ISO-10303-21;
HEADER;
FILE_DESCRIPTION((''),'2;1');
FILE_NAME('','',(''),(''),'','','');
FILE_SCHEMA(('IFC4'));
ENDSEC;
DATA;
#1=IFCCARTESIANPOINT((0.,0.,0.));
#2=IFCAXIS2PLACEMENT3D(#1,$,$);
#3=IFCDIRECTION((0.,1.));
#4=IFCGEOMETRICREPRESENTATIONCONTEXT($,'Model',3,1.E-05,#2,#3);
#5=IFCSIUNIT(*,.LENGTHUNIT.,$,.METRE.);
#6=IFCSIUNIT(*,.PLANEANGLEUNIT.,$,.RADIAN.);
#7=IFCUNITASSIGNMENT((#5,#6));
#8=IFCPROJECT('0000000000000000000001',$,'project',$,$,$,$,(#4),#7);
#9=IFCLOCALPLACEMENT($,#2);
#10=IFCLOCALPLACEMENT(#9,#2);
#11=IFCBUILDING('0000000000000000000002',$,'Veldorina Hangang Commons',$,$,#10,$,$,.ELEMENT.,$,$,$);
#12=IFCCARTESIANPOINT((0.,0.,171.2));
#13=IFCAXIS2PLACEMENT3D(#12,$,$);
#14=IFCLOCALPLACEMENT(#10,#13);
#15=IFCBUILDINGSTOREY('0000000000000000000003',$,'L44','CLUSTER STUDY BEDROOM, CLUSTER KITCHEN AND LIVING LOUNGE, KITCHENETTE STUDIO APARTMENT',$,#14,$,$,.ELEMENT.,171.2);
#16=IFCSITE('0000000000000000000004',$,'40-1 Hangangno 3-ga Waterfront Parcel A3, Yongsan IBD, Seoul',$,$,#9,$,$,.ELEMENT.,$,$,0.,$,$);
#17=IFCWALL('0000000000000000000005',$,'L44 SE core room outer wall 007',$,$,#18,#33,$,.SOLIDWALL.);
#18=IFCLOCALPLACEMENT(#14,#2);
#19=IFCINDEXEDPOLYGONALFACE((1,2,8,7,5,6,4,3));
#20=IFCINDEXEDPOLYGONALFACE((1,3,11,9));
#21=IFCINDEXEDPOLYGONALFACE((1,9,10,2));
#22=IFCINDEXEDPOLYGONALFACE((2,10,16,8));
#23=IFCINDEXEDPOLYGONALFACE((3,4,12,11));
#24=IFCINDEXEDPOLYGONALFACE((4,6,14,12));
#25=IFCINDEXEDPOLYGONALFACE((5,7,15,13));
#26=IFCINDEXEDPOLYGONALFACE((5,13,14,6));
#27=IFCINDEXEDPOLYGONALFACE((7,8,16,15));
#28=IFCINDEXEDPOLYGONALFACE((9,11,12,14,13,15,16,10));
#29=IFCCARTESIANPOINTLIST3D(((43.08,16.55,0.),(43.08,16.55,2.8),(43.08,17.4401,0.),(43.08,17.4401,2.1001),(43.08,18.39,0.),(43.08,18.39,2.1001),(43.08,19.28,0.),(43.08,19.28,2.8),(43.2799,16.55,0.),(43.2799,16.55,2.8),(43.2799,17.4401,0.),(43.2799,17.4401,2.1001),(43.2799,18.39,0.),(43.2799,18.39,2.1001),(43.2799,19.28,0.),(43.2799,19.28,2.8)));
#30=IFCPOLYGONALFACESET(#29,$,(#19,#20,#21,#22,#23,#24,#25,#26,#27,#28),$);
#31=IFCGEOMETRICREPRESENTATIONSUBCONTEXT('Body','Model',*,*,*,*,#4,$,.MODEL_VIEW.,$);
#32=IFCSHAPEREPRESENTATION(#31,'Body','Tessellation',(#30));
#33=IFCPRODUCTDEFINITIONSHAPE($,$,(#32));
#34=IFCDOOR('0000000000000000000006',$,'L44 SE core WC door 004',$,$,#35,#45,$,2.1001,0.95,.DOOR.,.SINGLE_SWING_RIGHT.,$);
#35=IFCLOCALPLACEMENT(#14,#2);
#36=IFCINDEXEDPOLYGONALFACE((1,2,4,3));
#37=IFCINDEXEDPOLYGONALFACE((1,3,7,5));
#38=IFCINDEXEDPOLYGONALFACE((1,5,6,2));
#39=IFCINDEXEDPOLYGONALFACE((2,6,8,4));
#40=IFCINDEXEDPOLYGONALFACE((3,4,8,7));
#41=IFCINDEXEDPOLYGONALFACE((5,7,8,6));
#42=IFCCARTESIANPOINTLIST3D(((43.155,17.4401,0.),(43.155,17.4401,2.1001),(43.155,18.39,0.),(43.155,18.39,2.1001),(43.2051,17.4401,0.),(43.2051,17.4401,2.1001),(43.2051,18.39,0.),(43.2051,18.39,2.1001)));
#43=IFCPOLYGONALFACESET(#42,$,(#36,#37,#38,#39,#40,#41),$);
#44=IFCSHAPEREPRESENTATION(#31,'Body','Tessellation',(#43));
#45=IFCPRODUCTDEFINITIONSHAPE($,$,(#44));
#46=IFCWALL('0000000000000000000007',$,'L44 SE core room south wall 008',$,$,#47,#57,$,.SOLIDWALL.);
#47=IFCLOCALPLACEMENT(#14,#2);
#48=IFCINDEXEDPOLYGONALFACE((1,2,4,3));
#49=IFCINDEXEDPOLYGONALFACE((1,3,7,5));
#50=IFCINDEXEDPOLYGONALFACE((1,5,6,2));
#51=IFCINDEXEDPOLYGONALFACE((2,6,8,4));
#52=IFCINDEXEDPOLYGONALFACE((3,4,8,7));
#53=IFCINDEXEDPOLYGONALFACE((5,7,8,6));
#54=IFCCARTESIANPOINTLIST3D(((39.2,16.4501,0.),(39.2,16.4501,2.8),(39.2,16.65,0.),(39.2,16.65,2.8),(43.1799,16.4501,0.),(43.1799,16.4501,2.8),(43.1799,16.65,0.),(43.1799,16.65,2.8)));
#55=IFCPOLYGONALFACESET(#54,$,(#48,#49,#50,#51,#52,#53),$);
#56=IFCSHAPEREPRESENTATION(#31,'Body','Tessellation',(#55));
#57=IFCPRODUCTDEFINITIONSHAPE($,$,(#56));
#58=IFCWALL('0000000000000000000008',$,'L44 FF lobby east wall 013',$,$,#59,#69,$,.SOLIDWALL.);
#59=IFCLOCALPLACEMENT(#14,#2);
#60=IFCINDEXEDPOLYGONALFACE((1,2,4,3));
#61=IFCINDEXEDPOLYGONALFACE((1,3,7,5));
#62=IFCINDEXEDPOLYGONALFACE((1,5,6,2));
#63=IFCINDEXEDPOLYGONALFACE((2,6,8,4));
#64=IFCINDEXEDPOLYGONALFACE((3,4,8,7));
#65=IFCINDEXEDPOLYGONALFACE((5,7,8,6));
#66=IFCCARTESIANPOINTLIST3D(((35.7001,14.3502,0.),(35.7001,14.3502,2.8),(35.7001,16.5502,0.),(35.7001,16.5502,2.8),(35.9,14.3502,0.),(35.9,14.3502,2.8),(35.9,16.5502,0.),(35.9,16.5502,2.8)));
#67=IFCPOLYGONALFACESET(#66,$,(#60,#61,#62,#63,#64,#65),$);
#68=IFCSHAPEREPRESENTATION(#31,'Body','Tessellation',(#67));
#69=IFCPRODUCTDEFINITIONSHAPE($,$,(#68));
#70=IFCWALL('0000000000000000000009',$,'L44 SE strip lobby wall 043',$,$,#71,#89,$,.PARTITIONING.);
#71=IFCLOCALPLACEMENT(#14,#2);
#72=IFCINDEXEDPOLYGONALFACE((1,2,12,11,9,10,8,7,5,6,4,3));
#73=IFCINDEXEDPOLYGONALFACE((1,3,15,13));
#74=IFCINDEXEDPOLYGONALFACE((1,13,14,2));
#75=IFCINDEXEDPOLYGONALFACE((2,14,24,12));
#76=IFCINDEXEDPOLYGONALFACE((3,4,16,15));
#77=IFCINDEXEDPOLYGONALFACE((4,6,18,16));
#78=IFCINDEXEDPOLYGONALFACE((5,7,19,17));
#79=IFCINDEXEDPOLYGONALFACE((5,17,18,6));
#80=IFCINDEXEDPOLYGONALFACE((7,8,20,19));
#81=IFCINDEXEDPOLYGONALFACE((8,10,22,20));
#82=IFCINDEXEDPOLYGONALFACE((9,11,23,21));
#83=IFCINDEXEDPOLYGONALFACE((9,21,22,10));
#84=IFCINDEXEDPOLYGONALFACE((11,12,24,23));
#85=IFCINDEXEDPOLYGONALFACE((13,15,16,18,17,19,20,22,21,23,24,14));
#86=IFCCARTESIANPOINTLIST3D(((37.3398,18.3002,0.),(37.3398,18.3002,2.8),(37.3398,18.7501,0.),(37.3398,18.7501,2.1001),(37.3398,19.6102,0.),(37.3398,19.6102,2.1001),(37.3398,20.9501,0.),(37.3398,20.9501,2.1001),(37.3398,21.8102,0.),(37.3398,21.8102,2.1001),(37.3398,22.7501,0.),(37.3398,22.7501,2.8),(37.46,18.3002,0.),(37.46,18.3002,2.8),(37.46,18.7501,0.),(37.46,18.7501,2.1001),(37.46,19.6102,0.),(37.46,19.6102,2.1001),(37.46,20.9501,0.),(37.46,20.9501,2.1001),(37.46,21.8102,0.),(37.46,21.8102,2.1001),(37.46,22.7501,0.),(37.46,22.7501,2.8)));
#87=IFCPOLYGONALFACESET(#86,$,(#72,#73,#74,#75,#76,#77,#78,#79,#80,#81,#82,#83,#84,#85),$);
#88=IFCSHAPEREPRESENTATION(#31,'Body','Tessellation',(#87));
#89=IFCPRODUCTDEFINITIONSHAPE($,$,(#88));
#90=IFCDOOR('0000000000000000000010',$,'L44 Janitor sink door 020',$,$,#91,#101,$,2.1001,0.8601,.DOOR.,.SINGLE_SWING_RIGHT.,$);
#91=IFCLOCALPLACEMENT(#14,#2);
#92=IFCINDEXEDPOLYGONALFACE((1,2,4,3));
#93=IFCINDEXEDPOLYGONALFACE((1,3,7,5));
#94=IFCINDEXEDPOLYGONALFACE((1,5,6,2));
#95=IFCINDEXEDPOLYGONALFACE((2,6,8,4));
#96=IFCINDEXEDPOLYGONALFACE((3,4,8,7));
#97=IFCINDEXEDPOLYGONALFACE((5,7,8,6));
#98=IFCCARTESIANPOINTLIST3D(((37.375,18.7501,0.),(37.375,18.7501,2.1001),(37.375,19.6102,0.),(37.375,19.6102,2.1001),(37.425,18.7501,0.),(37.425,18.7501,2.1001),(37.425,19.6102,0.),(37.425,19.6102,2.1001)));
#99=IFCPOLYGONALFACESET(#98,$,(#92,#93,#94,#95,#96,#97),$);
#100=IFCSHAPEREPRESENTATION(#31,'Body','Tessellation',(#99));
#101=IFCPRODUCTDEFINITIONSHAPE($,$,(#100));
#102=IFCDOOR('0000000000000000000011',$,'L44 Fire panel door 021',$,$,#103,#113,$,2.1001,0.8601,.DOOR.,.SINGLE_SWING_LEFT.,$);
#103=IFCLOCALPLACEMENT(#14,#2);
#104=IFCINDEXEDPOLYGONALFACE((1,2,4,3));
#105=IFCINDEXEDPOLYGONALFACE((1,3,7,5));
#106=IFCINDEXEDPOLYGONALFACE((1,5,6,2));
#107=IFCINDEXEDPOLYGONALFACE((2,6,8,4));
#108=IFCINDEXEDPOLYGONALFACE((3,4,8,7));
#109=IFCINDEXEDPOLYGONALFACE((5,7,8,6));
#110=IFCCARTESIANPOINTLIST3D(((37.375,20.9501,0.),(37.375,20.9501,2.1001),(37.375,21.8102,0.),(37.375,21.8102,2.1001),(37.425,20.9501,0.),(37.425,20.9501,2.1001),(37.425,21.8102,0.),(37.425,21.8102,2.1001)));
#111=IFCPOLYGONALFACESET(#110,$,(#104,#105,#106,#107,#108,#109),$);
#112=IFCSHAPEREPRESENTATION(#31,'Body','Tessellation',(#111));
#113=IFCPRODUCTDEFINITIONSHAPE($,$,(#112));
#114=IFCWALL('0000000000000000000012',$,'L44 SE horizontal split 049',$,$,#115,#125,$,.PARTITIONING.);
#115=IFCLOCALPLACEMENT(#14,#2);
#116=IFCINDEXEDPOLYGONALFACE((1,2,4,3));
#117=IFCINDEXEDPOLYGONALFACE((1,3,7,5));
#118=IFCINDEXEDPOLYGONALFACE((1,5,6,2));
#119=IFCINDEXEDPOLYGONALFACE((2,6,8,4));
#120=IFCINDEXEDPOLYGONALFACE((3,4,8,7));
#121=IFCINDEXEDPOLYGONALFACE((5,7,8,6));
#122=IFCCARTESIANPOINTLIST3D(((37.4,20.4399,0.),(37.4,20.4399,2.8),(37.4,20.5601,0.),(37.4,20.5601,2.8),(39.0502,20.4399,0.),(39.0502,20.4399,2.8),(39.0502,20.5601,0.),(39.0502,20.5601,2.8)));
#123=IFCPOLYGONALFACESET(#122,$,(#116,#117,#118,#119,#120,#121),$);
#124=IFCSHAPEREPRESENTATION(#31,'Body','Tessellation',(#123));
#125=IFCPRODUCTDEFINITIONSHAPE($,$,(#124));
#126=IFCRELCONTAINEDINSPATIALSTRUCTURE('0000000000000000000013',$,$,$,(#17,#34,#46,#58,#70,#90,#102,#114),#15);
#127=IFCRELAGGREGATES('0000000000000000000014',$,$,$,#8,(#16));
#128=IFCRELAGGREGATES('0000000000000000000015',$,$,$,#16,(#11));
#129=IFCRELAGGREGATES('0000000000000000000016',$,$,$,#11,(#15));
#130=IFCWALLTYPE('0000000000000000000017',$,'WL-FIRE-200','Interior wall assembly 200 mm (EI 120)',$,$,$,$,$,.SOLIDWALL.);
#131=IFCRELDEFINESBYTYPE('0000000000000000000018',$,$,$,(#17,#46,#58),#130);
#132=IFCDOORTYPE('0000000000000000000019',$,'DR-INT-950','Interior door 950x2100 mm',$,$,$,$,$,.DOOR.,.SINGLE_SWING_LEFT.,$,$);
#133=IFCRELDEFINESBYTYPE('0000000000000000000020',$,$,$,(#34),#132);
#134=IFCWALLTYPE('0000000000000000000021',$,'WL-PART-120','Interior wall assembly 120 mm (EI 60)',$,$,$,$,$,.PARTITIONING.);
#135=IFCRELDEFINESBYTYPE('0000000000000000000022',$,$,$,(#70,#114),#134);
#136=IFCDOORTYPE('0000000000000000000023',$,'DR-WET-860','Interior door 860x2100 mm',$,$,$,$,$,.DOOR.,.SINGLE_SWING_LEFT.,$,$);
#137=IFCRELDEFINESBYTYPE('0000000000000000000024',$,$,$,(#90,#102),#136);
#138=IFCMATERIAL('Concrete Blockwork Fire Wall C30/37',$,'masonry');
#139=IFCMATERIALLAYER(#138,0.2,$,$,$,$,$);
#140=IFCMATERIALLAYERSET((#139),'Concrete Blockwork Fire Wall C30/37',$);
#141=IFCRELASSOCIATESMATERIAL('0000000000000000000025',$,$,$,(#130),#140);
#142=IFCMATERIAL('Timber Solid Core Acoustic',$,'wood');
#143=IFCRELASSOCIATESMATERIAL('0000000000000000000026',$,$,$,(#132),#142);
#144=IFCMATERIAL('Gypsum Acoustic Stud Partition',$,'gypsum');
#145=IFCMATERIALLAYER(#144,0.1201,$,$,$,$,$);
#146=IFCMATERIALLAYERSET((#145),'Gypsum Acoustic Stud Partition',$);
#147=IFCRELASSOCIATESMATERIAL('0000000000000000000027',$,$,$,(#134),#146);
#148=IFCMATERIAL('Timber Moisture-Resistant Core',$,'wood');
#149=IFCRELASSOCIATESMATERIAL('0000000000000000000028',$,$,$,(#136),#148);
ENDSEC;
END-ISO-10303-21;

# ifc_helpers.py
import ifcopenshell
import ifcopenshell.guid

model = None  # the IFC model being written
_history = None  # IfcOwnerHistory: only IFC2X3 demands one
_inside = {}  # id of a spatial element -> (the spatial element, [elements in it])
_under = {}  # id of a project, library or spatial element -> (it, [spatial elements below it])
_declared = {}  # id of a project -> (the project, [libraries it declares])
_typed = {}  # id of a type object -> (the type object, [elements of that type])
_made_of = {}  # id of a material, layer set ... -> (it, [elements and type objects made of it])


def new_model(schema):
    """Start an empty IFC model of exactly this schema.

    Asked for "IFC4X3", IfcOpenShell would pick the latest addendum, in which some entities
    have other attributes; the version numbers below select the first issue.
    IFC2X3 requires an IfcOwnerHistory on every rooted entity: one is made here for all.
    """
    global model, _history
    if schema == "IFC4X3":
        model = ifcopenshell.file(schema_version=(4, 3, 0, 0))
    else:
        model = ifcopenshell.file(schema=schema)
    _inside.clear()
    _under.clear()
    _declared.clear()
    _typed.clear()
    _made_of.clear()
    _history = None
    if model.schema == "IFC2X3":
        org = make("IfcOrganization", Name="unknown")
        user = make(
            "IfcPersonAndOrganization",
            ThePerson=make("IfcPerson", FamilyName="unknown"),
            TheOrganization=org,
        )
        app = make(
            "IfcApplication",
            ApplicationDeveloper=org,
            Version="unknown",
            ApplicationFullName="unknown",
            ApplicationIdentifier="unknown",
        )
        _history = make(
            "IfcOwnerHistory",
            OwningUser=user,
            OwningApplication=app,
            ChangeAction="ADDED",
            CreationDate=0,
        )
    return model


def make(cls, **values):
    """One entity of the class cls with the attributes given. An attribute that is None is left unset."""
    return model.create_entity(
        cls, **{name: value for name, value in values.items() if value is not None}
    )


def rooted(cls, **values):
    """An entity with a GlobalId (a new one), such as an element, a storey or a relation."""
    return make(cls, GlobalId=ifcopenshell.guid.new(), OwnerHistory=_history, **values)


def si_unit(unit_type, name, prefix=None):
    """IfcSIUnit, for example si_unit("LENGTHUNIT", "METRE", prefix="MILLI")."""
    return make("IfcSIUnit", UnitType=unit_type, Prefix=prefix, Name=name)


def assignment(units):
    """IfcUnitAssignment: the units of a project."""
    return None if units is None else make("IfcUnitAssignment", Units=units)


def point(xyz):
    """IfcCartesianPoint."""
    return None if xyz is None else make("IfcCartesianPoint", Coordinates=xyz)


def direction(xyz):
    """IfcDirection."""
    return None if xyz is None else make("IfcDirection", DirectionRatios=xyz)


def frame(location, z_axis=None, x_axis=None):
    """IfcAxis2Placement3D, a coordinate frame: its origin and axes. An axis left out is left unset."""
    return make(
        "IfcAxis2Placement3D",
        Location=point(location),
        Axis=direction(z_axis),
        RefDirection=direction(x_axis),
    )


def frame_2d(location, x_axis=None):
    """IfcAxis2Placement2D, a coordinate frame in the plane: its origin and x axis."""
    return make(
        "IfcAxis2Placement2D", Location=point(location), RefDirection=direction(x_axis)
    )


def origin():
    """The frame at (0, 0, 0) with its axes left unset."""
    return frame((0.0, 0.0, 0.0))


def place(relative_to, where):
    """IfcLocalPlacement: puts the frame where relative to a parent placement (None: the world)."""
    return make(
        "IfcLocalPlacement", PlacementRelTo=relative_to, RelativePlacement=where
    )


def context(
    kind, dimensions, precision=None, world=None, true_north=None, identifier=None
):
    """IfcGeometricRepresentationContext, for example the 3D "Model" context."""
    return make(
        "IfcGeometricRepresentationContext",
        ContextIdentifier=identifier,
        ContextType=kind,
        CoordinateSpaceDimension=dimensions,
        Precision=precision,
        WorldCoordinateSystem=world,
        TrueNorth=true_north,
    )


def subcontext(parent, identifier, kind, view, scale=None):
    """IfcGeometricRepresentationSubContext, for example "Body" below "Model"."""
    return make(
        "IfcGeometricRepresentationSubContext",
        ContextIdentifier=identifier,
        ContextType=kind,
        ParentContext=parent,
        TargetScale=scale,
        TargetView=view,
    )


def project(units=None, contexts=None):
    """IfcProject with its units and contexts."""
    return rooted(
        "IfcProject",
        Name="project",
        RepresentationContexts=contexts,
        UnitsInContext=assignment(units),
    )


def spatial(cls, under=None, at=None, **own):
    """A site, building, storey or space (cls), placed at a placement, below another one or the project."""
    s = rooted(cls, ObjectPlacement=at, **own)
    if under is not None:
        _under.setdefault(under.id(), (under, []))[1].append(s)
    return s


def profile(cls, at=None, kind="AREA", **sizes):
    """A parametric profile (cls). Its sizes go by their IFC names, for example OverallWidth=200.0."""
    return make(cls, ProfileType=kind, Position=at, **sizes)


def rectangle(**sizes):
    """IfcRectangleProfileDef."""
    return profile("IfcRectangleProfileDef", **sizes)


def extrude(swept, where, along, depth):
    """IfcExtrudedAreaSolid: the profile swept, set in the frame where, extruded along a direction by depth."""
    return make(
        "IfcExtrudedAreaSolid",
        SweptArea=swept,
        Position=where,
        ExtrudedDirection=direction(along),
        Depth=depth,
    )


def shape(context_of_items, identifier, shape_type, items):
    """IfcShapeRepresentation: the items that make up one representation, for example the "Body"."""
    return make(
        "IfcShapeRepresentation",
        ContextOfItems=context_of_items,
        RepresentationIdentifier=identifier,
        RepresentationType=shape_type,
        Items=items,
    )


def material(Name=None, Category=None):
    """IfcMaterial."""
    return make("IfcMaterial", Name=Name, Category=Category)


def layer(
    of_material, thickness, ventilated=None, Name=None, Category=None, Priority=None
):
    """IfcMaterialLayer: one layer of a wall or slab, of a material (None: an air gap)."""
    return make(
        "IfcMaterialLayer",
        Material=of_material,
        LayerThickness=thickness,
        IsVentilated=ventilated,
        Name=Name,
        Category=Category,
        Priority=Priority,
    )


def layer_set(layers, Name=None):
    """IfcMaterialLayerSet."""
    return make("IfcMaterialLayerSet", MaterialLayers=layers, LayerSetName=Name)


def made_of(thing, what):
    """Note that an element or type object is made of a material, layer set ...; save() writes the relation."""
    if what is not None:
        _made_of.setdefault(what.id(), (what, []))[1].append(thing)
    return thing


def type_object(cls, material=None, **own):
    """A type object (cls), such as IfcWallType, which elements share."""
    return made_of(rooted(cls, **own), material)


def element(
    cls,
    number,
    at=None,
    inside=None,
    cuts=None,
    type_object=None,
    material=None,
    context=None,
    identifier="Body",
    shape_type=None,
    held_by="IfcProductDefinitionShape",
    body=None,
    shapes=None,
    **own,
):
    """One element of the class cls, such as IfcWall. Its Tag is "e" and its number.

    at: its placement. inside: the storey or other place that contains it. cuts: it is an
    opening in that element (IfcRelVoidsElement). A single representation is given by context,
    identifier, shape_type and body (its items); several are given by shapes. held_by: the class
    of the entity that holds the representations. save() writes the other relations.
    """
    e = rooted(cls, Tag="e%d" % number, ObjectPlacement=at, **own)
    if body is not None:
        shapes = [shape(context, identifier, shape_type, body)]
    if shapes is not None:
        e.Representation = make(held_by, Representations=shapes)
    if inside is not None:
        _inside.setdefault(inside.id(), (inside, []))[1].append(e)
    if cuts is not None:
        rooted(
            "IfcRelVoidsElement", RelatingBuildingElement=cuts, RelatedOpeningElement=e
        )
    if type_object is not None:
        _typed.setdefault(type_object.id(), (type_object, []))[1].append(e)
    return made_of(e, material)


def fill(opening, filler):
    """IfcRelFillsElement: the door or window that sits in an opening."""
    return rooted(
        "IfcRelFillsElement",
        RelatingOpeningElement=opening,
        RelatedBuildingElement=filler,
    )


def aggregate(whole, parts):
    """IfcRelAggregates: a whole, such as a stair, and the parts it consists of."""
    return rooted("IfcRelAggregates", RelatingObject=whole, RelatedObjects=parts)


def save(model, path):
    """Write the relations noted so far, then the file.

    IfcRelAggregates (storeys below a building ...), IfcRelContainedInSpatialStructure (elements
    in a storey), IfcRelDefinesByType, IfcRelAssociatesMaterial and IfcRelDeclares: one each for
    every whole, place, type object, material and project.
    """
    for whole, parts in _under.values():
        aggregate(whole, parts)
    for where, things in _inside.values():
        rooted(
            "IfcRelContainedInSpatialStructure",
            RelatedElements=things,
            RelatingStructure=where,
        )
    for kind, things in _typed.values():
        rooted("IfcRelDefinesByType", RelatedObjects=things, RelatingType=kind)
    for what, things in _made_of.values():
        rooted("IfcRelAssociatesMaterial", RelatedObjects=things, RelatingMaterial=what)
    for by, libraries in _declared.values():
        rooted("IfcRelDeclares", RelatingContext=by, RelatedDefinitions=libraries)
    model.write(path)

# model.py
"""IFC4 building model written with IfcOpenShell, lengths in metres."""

from ifc_helpers import new_model, si_unit, direction, frame, frame_2d, origin, place, context, subcontext, project, spatial, rectangle, extrude, material, layer, layer_set, type_object, element, fill, save


model = new_model("IFC4")

# Units and contexts
model_context = context("Model", 3, precision=1e-05, world=origin(), true_north=direction((0.0, 1.0)))
body_context = subcontext(model_context, "Body", "Model", "MODEL_VIEW")
ifc_project = project(units=[si_unit("LENGTHUNIT", "METRE"), si_unit("PLANEANGLEUNIT", "RADIAN")], contexts=[model_context])

# Site, building, storey
site_placement = place(None, origin())
site = spatial("IfcSite", under=ifc_project, at=site_placement, Name="40-1 Hangangno 3-ga Waterfront Parcel A3, Yongsan IBD, Seoul", CompositionType="ELEMENT", RefElevation=0.0)
building_placement = place(site_placement, origin())
building = spatial("IfcBuilding", under=site, at=building_placement, Name="Veldorina Hangang Commons", CompositionType="ELEMENT")
storey_placement = place(building_placement, frame((0.0, 0.0, 171.2)))
storey = spatial("IfcBuildingStorey", under=building, at=storey_placement, Name="L44", Description="CLUSTER STUDY BEDROOM, CLUSTER KITCHEN AND LIVING LOUNGE, KITCHENETTE STUDIO APARTMENT", CompositionType="ELEMENT", Elevation=171.2)

# Shared definitions
ifc_material_1 = material(Name="Timber Solid Core Acoustic", Category="wood")

# Wall, opening, door
ifc_material_2 = material(Name="Concrete Blockwork Fire Wall C30/37", Category="masonry")
ifc_layer_1 = layer(ifc_material_2, 0.2)
ifc_layer_set_1 = layer_set([ifc_layer_1], Name="Concrete Blockwork Fire Wall C30/37")
wall_type_1 = type_object("IfcWallType", Name="WL-FIRE-200", Description="Interior wall assembly 200 mm (EI 120)", PredefinedType="SOLIDWALL", material=ifc_layer_set_1)
wall_1_placement = place(storey_placement, frame((43.1799, 16.55, 0.0), z_axis=(0.0, 0.0, 1.0), x_axis=(0.0, 1.0, 0.0)))
wall_1 = element("IfcWall", 1, at=wall_1_placement, inside=storey, type_object=wall_type_1, Name="L44 SE core room outer wall 007", PredefinedType="SOLIDWALL", context=body_context, shape_type="SweptSolid", body=[
    extrude(rectangle(XDim=2.73, YDim=0.2, at=frame_2d((1.365, 0.0))), origin(), (0.0, 0.0, 1.0), 2.8),
])
opening_1_placement = place(wall_1_placement, frame((0.8899, 0.0, 0.0)))
opening_1 = element("IfcOpeningElement", 2, at=opening_1_placement, cuts=wall_1, PredefinedType="OPENING", context=body_context, shape_type="SweptSolid", body=[
    extrude(rectangle(XDim=0.95, YDim=2.1001, at=frame_2d((0.4751, 1.05))), frame((0.0, 0.1099, 0.0), z_axis=(0.0, -1.0, 0.0), x_axis=(1.0, 0.0, 0.0)), (0.0, 0.0, 1.0), 0.22),
])
door_type_1 = type_object("IfcDoorType", Name="DR-INT-950", Description="Interior door 950x2100 mm", OperationType="SINGLE_SWING_LEFT", PredefinedType="DOOR", material=ifc_material_1)
door_1_placement = place(opening_1_placement, origin())
door_1 = element("IfcDoor", 3, at=door_1_placement, inside=storey, type_object=door_type_1, Name="L44 SE core WC door 004", OperationType="SINGLE_SWING_RIGHT", OverallHeight=2.1001, OverallWidth=0.95, PredefinedType="DOOR", context=body_context, shape_type="SweptSolid", body=[
    extrude(rectangle(XDim=0.95, YDim=2.1001, at=frame_2d((0.4751, 1.05))), frame((0.0, 0.0249, 0.0), z_axis=(0.0, -1.0, 0.0), x_axis=(1.0, 0.0, 0.0)), (0.0, 0.0, 1.0), 0.05),
])
fill(opening_1, door_1)

# Walls
wall_2_placement = place(storey_placement, frame((39.2, 16.55, 0.0), z_axis=(0.0, 0.0, 1.0), x_axis=(1.0, 0.0, 0.0)))
element("IfcWall", 4, at=wall_2_placement, inside=storey, type_object=wall_type_1, Name="L44 SE core room south wall 008", PredefinedType="SOLIDWALL", context=body_context, shape_type="SweptSolid", body=[
    extrude(rectangle(XDim=3.98, YDim=0.2, at=frame_2d((1.99, 0.0))), origin(), (0.0, 0.0, 1.0), 2.8),
])
wall_3_placement = place(storey_placement, frame((35.8, 14.3501, 0.0), z_axis=(0.0, 0.0, 1.0), x_axis=(0.0, 1.0, 0.0)))
element("IfcWall", 5, at=wall_3_placement, inside=storey, type_object=wall_type_1, Name="L44 FF lobby east wall 013", PredefinedType="SOLIDWALL", context=body_context, shape_type="SweptSolid", body=[
    extrude(rectangle(XDim=2.2, YDim=0.2, at=frame_2d((1.1001, 0.0))), origin(), (0.0, 0.0, 1.0), 2.8),
])

# Wall, openings, doors
ifc_material_3 = material(Name="Gypsum Acoustic Stud Partition", Category="gypsum")
ifc_layer_2 = layer(ifc_material_3, 0.1201)
ifc_layer_set_2 = layer_set([ifc_layer_2], Name="Gypsum Acoustic Stud Partition")
wall_type_2 = type_object("IfcWallType", Name="WL-PART-120", Description="Interior wall assembly 120 mm (EI 60)", PredefinedType="PARTITIONING", material=ifc_layer_set_2)
wall_4_placement = place(storey_placement, frame((37.3999, 18.3, 0.0), z_axis=(0.0, 0.0, 1.0), x_axis=(0.0, 1.0, 0.0)))
wall_4 = element("IfcWall", 6, at=wall_4_placement, inside=storey, type_object=wall_type_2, Name="L44 SE strip lobby wall 043", PredefinedType="PARTITIONING", context=body_context, shape_type="SweptSolid", body=[
    extrude(rectangle(XDim=4.45, YDim=0.1201, at=frame_2d((2.2251, 0.0))), origin(), (0.0, 0.0, 1.0), 2.8),
])
opening_2_placement = place(wall_4_placement, frame((0.45, 0.0, 0.0)))
opening_2 = element("IfcOpeningElement", 7, at=opening_2_placement, cuts=wall_4, PredefinedType="OPENING", context=body_context, shape_type="SweptSolid", body=[
    extrude(rectangle(XDim=0.8601, YDim=2.1001, at=frame_2d((0.4302, 1.05))), frame((0.0, 0.0701, 0.0), z_axis=(0.0, -1.0, 0.0), x_axis=(1.0, 0.0, 0.0)), (0.0, 0.0, 1.0), 0.1401),
])
opening_3_placement = place(wall_4_placement, frame((2.6499, 0.0, 0.0)))
opening_3 = element("IfcOpeningElement", 8, at=opening_3_placement, cuts=wall_4, PredefinedType="OPENING", context=body_context, shape_type="SweptSolid", body=[
    extrude(rectangle(XDim=0.8601, YDim=2.1001, at=frame_2d((0.4302, 1.05))), frame((0.0, 0.0701, 0.0), z_axis=(0.0, -1.0, 0.0), x_axis=(1.0, 0.0, 0.0)), (0.0, 0.0, 1.0), 0.1401),
])
ifc_material_4 = material(Name="Timber Moisture-Resistant Core", Category="wood")
door_type_2 = type_object("IfcDoorType", Name="DR-WET-860", Description="Interior door 860x2100 mm", OperationType="SINGLE_SWING_LEFT", PredefinedType="DOOR", material=ifc_material_4)
door_2_placement = place(opening_2_placement, origin())
door_2 = element("IfcDoor", 9, at=door_2_placement, inside=storey, type_object=door_type_2, Name="L44 Janitor sink door 020", OperationType="SINGLE_SWING_RIGHT", OverallHeight=2.1001, OverallWidth=0.8601, PredefinedType="DOOR", context=body_context, shape_type="SweptSolid", body=[
    extrude(rectangle(XDim=0.8601, YDim=2.1001, at=frame_2d((0.4302, 1.05))), frame((0.0, 0.0249, 0.0), z_axis=(0.0, -1.0, 0.0), x_axis=(1.0, 0.0, 0.0)), (0.0, 0.0, 1.0), 0.05),
])
fill(opening_2, door_2)
door_3_placement = place(opening_3_placement, origin())
door_3 = element("IfcDoor", 10, at=door_3_placement, inside=storey, type_object=door_type_2, Name="L44 Fire panel door 021", OperationType="SINGLE_SWING_LEFT", OverallHeight=2.1001, OverallWidth=0.8601, PredefinedType="DOOR", context=body_context, shape_type="SweptSolid", body=[
    extrude(rectangle(XDim=0.8601, YDim=2.1001, at=frame_2d((0.4302, 1.05))), frame((0.0, 0.0249, 0.0), z_axis=(0.0, -1.0, 0.0), x_axis=(1.0, 0.0, 0.0)), (0.0, 0.0, 1.0), 0.05),
])
fill(opening_3, door_3)

# Wall
wall_5_placement = place(storey_placement, frame((37.3999, 20.5, 0.0), z_axis=(0.0, 0.0, 1.0), x_axis=(1.0, 0.0, 0.0)))
element("IfcWall", 11, at=wall_5_placement, inside=storey, type_object=wall_type_2, Name="L44 SE horizontal split 049", PredefinedType="PARTITIONING", context=body_context, shape_type="SweptSolid", body=[
    extrude(rectangle(XDim=1.6501, YDim=0.1201, at=frame_2d((0.8252, 0.0))), origin(), (0.0, 0.0, 1.0), 2.8),
])

save(model, "model.ifc")
